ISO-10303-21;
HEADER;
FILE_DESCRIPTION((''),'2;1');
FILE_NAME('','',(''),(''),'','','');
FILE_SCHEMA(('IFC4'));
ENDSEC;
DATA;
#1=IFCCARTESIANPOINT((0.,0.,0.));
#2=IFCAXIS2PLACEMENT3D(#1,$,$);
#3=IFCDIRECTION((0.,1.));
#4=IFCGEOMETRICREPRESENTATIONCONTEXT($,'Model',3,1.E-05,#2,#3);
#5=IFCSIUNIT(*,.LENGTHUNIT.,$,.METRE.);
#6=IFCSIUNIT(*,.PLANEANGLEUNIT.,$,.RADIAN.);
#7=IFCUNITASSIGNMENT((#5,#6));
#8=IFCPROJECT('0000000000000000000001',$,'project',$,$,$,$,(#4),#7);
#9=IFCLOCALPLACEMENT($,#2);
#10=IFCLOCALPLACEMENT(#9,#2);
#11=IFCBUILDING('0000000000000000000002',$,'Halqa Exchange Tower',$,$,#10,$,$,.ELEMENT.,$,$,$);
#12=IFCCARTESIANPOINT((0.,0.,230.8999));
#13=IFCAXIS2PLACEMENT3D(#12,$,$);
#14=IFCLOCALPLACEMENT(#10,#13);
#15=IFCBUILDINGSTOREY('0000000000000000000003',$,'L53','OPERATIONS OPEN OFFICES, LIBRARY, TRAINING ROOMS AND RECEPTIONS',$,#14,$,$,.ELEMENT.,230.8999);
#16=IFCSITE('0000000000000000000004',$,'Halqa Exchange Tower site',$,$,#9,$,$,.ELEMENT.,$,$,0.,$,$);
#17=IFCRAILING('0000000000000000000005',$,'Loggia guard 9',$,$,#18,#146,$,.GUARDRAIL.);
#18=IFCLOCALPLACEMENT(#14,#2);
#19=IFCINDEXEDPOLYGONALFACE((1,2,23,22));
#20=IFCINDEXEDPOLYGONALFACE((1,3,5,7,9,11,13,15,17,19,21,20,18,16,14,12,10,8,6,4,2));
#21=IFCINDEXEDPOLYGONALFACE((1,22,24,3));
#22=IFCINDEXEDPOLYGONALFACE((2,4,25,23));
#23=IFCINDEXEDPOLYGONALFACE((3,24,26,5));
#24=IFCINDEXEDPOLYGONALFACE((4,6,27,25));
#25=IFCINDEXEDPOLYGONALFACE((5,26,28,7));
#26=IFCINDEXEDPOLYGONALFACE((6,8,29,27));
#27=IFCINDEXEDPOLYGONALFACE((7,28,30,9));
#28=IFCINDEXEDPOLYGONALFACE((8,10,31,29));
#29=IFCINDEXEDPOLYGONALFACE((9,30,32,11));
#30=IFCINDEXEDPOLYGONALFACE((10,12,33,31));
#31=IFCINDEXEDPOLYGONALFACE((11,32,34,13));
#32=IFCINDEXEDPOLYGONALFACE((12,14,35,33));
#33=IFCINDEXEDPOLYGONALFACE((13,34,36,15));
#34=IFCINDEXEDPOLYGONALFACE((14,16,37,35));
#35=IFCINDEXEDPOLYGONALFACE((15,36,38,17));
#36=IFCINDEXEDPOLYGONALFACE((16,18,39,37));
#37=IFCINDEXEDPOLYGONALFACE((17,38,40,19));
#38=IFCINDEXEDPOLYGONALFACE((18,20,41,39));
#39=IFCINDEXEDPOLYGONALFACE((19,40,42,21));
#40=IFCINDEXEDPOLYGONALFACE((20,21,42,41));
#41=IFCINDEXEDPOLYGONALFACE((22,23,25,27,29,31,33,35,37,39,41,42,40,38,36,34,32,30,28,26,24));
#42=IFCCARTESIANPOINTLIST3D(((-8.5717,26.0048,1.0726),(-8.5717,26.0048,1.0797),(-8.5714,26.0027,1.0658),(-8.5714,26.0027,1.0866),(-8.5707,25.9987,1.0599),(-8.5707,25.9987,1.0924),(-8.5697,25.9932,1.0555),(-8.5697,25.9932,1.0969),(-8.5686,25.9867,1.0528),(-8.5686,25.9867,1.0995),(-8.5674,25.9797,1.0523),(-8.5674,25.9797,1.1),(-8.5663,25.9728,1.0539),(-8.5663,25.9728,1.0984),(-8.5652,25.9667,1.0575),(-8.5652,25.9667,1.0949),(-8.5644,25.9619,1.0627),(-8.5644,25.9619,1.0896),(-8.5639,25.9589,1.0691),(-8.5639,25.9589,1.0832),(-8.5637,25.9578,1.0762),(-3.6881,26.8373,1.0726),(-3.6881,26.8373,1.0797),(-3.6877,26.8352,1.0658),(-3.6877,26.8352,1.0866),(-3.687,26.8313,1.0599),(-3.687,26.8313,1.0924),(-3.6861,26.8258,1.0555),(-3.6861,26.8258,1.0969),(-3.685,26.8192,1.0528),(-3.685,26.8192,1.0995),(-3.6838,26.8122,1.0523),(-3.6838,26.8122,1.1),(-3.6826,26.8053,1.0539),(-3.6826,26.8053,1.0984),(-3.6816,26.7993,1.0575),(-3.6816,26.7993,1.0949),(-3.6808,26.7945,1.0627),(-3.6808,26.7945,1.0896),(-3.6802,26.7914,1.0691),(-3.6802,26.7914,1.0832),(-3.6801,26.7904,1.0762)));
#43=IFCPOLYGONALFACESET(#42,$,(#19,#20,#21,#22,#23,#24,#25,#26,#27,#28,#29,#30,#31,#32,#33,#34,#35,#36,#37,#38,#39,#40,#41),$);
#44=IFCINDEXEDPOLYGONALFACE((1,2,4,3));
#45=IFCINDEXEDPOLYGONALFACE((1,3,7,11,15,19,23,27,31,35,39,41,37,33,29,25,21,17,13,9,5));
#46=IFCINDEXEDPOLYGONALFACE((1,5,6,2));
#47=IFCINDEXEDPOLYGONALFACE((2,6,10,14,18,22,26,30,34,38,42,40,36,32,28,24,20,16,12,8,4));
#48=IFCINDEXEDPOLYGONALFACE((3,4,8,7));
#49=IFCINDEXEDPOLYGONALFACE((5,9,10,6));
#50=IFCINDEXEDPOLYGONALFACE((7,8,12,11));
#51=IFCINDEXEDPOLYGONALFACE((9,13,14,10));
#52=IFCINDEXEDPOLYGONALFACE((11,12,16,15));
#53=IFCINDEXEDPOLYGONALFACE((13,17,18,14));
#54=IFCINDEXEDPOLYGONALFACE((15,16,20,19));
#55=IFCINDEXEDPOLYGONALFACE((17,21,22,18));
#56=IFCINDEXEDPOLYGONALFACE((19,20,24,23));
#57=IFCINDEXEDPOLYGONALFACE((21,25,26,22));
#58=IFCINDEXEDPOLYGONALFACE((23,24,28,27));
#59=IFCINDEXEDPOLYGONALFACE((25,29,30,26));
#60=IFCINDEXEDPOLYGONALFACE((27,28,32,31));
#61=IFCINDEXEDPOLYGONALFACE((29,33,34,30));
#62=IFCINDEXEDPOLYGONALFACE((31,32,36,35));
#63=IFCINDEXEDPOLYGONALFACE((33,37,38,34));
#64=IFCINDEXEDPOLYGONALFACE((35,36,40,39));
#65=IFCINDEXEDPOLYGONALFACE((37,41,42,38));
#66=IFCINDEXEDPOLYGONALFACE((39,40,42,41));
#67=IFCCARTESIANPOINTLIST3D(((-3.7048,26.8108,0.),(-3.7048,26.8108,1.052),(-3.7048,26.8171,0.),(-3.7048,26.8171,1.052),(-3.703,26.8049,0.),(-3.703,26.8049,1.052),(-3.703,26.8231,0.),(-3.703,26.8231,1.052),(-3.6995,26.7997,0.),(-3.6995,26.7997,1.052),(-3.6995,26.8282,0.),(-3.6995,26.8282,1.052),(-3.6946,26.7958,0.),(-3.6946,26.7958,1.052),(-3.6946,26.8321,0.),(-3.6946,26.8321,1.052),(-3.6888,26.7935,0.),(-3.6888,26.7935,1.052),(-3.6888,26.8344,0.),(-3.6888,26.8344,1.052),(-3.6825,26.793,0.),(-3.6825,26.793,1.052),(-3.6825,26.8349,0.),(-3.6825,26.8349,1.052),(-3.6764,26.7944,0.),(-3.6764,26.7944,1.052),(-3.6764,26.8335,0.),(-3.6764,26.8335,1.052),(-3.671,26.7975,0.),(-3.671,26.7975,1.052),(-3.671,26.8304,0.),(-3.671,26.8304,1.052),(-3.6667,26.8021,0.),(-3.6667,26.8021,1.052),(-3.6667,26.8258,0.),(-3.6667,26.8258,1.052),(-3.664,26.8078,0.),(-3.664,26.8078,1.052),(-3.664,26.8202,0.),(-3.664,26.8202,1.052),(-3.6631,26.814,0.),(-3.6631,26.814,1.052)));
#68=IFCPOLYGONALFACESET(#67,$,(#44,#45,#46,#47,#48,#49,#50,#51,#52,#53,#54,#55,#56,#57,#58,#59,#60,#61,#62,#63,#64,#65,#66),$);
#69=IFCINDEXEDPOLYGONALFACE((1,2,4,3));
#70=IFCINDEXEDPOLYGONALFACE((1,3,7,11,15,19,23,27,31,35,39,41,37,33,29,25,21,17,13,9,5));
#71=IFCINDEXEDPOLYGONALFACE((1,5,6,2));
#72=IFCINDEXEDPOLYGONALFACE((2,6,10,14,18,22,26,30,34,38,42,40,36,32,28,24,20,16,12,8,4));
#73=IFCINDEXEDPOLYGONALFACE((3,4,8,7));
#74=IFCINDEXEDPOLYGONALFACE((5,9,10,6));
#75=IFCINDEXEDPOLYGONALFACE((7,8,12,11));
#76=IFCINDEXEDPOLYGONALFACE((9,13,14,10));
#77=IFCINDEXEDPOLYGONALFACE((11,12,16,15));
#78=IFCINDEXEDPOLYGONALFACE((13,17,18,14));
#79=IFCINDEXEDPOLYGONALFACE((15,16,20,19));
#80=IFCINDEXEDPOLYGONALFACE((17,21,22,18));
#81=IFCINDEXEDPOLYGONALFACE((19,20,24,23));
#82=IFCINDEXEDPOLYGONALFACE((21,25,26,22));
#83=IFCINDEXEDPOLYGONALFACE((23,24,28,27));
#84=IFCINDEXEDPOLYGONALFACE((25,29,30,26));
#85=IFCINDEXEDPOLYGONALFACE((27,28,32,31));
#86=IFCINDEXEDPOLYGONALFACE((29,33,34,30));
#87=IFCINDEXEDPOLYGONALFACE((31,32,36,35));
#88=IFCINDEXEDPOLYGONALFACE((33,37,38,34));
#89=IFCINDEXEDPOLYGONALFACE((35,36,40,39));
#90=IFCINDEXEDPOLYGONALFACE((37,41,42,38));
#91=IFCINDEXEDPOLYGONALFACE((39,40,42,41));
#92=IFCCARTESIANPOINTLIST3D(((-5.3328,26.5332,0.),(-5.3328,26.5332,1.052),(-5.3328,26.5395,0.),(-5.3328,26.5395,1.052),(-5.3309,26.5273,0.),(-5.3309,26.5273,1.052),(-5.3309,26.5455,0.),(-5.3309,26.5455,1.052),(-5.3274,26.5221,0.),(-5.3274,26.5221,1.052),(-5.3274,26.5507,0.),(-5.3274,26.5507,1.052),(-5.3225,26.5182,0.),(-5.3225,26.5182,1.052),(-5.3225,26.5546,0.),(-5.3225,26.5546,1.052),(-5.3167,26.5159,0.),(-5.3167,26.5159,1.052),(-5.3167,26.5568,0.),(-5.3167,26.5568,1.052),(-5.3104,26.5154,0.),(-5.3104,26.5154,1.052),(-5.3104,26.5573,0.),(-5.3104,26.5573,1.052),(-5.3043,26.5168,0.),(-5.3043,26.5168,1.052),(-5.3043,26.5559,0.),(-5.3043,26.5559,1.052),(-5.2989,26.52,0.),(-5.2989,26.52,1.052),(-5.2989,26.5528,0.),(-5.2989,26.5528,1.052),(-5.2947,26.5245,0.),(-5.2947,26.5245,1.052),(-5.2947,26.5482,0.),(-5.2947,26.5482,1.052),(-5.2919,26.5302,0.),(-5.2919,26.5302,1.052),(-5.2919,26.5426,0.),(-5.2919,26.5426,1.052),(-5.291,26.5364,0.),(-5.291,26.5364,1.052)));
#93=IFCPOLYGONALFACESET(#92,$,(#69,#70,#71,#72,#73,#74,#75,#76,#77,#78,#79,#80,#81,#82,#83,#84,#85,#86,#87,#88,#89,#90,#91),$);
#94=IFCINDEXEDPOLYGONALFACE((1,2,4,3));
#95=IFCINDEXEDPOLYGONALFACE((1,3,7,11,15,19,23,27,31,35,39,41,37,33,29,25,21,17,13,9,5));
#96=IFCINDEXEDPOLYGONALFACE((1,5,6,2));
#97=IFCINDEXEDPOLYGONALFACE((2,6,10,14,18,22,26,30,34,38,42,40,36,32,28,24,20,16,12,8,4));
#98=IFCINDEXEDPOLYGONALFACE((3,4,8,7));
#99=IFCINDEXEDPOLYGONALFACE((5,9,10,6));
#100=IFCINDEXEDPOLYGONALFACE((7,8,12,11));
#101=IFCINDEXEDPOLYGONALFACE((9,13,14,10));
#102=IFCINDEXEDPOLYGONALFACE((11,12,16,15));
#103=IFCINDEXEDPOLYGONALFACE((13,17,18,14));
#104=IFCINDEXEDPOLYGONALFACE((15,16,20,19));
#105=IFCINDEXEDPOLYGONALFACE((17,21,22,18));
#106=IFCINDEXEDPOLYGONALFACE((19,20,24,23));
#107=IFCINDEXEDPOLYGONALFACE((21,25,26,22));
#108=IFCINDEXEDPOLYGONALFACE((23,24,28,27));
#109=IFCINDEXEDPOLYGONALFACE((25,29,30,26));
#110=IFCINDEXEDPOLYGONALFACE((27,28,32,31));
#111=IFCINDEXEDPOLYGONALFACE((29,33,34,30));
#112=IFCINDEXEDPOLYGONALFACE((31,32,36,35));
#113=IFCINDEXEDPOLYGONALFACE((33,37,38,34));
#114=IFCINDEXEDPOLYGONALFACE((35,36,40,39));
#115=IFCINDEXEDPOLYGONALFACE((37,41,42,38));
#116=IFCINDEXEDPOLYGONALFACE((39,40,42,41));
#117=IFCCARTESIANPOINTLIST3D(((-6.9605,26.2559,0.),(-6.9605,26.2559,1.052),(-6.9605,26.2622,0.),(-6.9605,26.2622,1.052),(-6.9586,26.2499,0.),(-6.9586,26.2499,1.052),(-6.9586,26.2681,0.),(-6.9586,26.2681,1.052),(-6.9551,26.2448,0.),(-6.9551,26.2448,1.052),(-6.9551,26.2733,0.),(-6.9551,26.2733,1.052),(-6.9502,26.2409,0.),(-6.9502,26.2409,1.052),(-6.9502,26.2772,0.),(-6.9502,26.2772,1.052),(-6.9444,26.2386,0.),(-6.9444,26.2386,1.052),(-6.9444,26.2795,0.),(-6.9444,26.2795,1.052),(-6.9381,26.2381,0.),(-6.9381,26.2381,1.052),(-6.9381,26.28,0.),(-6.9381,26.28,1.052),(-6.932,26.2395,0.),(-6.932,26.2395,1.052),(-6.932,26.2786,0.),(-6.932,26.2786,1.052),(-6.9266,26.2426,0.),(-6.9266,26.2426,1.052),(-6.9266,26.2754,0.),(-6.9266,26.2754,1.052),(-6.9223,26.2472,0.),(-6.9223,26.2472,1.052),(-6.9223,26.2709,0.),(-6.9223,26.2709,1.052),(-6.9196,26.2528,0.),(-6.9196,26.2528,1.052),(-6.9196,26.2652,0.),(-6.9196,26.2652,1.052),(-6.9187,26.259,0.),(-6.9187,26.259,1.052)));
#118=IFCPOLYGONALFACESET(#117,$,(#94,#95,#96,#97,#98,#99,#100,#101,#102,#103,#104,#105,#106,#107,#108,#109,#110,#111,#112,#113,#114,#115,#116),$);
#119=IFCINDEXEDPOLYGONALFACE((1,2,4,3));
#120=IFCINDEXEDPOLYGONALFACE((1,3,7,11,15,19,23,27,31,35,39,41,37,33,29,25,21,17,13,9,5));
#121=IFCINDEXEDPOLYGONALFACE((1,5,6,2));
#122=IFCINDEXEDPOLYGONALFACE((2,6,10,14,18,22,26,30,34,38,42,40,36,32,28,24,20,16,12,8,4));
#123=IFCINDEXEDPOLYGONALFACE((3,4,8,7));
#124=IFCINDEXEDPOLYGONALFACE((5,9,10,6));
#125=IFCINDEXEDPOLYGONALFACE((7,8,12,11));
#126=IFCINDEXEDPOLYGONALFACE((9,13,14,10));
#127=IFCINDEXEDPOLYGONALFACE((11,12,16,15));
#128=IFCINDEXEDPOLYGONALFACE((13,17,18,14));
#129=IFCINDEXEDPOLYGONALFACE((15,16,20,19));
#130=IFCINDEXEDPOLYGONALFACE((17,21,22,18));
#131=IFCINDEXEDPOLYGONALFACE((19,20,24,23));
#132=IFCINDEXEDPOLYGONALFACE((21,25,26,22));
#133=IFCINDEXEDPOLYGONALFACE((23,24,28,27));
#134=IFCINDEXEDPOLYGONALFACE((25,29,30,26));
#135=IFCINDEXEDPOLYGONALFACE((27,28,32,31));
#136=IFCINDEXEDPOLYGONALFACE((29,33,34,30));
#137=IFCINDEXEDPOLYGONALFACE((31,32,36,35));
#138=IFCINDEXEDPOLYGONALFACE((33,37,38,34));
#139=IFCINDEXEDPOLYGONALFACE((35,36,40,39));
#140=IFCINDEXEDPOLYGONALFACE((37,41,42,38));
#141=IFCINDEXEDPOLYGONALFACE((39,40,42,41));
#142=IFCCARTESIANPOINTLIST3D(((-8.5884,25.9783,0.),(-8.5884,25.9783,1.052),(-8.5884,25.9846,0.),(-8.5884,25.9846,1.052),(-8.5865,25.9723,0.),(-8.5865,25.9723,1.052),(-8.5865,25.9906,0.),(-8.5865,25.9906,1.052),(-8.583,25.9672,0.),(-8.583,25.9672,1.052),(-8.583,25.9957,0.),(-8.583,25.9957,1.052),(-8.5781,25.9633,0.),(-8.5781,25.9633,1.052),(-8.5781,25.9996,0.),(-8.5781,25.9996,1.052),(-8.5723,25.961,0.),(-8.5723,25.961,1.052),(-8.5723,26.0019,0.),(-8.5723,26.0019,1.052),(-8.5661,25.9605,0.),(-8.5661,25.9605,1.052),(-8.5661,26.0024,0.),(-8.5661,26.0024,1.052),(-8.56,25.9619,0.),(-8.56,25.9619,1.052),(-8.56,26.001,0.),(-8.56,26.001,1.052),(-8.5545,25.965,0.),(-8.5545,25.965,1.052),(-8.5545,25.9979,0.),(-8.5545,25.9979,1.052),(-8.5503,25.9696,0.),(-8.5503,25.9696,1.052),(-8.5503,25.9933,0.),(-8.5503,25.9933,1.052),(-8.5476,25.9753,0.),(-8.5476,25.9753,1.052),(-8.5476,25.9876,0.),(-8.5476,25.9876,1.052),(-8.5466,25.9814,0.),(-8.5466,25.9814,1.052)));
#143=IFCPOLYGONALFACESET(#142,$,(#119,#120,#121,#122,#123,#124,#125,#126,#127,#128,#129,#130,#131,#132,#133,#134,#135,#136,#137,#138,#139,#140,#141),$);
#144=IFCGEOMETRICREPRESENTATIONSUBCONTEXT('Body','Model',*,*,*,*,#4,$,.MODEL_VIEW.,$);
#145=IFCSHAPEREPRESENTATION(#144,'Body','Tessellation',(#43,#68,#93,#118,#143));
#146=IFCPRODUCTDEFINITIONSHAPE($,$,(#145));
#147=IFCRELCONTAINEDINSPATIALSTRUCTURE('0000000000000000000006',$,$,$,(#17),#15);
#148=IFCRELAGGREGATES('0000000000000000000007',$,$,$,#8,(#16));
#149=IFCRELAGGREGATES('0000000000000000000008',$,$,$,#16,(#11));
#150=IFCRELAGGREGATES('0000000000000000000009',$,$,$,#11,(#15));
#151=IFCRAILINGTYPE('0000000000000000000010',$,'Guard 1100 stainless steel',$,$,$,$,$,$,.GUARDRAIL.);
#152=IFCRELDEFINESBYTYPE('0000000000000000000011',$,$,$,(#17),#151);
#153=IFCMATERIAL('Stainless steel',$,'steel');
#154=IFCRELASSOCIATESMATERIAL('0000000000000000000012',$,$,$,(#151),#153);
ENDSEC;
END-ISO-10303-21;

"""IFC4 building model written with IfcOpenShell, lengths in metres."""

from ifc_helpers import new_model, si_unit, direction, frame, origin, origin_2d, place, context, subcontext, project, spatial, circle, extrude, material, type_object, element, save


model = new_model("IFC4")

# Units and contexts
model_context = context("Model", 3, precision=1e-05, world=origin(), true_north=direction((0.0, 1.0)))
body_context = subcontext(model_context, "Body", "Model", "MODEL_VIEW")
ifc_project = project(units=[si_unit("LENGTHUNIT", "METRE"), si_unit("PLANEANGLEUNIT", "RADIAN")], contexts=[model_context])

# Site, building, storey
site_placement = place(None, origin())
site = spatial("IfcSite", under=ifc_project, at=site_placement, Name="Halqa Exchange Tower site", CompositionType="ELEMENT", RefElevation=0.0)
building_placement = place(site_placement, origin())
building = spatial("IfcBuilding", under=site, at=building_placement, Name="Halqa Exchange Tower", CompositionType="ELEMENT")
storey_placement = place(building_placement, frame((0.0, 0.0, 230.8999)))
storey = spatial("IfcBuildingStorey", under=building, at=storey_placement, Name="L53", Description="OPERATIONS OPEN OFFICES, LIBRARY, TRAINING ROOMS AND RECEPTIONS", CompositionType="ELEMENT", Elevation=230.8999)

# Railing
ifc_material_1 = material(Name="Stainless steel", Category="steel")
railing_type_1 = type_object("IfcRailingType", Name="Guard 1100 stainless steel", PredefinedType="GUARDRAIL", material=ifc_material_1)
railing_1_placement = place(storey_placement, frame((-3.6841, 26.814, 0.0)))
element("IfcRailing", 1, at=railing_1_placement, inside=storey, type_object=railing_type_1, Name="Loggia guard 9", PredefinedType="GUARDRAIL", context=body_context, shape_type="SweptSolid", body=[
    extrude(circle(Radius=0.0239, at=origin_2d()), frame((0.0, 0.0, 1.0762), z_axis=(-0.985778, -0.16805, 0.0), x_axis=(0.16805, -0.985778, 0.0)), (0.0, 0.0, 1.0), 4.9541),
    extrude(circle(Radius=0.021, at=origin_2d()), origin(), (0.0, 0.0, 1.0), 1.052),
    extrude(circle(Radius=0.021, at=origin_2d()), frame((-1.6279, -0.2776, 0.0)), (0.0, 0.0, 1.0), 1.052),
    extrude(circle(Radius=0.021, at=origin_2d()), frame((-3.2556, -0.5549, 0.0)), (0.0, 0.0, 1.0), 1.052),
    extrude(circle(Radius=0.021, at=origin_2d()), frame((-4.8835, -0.8325, 0.0)), (0.0, 0.0, 1.0), 1.052),
])

save(model, "model.ifc")
